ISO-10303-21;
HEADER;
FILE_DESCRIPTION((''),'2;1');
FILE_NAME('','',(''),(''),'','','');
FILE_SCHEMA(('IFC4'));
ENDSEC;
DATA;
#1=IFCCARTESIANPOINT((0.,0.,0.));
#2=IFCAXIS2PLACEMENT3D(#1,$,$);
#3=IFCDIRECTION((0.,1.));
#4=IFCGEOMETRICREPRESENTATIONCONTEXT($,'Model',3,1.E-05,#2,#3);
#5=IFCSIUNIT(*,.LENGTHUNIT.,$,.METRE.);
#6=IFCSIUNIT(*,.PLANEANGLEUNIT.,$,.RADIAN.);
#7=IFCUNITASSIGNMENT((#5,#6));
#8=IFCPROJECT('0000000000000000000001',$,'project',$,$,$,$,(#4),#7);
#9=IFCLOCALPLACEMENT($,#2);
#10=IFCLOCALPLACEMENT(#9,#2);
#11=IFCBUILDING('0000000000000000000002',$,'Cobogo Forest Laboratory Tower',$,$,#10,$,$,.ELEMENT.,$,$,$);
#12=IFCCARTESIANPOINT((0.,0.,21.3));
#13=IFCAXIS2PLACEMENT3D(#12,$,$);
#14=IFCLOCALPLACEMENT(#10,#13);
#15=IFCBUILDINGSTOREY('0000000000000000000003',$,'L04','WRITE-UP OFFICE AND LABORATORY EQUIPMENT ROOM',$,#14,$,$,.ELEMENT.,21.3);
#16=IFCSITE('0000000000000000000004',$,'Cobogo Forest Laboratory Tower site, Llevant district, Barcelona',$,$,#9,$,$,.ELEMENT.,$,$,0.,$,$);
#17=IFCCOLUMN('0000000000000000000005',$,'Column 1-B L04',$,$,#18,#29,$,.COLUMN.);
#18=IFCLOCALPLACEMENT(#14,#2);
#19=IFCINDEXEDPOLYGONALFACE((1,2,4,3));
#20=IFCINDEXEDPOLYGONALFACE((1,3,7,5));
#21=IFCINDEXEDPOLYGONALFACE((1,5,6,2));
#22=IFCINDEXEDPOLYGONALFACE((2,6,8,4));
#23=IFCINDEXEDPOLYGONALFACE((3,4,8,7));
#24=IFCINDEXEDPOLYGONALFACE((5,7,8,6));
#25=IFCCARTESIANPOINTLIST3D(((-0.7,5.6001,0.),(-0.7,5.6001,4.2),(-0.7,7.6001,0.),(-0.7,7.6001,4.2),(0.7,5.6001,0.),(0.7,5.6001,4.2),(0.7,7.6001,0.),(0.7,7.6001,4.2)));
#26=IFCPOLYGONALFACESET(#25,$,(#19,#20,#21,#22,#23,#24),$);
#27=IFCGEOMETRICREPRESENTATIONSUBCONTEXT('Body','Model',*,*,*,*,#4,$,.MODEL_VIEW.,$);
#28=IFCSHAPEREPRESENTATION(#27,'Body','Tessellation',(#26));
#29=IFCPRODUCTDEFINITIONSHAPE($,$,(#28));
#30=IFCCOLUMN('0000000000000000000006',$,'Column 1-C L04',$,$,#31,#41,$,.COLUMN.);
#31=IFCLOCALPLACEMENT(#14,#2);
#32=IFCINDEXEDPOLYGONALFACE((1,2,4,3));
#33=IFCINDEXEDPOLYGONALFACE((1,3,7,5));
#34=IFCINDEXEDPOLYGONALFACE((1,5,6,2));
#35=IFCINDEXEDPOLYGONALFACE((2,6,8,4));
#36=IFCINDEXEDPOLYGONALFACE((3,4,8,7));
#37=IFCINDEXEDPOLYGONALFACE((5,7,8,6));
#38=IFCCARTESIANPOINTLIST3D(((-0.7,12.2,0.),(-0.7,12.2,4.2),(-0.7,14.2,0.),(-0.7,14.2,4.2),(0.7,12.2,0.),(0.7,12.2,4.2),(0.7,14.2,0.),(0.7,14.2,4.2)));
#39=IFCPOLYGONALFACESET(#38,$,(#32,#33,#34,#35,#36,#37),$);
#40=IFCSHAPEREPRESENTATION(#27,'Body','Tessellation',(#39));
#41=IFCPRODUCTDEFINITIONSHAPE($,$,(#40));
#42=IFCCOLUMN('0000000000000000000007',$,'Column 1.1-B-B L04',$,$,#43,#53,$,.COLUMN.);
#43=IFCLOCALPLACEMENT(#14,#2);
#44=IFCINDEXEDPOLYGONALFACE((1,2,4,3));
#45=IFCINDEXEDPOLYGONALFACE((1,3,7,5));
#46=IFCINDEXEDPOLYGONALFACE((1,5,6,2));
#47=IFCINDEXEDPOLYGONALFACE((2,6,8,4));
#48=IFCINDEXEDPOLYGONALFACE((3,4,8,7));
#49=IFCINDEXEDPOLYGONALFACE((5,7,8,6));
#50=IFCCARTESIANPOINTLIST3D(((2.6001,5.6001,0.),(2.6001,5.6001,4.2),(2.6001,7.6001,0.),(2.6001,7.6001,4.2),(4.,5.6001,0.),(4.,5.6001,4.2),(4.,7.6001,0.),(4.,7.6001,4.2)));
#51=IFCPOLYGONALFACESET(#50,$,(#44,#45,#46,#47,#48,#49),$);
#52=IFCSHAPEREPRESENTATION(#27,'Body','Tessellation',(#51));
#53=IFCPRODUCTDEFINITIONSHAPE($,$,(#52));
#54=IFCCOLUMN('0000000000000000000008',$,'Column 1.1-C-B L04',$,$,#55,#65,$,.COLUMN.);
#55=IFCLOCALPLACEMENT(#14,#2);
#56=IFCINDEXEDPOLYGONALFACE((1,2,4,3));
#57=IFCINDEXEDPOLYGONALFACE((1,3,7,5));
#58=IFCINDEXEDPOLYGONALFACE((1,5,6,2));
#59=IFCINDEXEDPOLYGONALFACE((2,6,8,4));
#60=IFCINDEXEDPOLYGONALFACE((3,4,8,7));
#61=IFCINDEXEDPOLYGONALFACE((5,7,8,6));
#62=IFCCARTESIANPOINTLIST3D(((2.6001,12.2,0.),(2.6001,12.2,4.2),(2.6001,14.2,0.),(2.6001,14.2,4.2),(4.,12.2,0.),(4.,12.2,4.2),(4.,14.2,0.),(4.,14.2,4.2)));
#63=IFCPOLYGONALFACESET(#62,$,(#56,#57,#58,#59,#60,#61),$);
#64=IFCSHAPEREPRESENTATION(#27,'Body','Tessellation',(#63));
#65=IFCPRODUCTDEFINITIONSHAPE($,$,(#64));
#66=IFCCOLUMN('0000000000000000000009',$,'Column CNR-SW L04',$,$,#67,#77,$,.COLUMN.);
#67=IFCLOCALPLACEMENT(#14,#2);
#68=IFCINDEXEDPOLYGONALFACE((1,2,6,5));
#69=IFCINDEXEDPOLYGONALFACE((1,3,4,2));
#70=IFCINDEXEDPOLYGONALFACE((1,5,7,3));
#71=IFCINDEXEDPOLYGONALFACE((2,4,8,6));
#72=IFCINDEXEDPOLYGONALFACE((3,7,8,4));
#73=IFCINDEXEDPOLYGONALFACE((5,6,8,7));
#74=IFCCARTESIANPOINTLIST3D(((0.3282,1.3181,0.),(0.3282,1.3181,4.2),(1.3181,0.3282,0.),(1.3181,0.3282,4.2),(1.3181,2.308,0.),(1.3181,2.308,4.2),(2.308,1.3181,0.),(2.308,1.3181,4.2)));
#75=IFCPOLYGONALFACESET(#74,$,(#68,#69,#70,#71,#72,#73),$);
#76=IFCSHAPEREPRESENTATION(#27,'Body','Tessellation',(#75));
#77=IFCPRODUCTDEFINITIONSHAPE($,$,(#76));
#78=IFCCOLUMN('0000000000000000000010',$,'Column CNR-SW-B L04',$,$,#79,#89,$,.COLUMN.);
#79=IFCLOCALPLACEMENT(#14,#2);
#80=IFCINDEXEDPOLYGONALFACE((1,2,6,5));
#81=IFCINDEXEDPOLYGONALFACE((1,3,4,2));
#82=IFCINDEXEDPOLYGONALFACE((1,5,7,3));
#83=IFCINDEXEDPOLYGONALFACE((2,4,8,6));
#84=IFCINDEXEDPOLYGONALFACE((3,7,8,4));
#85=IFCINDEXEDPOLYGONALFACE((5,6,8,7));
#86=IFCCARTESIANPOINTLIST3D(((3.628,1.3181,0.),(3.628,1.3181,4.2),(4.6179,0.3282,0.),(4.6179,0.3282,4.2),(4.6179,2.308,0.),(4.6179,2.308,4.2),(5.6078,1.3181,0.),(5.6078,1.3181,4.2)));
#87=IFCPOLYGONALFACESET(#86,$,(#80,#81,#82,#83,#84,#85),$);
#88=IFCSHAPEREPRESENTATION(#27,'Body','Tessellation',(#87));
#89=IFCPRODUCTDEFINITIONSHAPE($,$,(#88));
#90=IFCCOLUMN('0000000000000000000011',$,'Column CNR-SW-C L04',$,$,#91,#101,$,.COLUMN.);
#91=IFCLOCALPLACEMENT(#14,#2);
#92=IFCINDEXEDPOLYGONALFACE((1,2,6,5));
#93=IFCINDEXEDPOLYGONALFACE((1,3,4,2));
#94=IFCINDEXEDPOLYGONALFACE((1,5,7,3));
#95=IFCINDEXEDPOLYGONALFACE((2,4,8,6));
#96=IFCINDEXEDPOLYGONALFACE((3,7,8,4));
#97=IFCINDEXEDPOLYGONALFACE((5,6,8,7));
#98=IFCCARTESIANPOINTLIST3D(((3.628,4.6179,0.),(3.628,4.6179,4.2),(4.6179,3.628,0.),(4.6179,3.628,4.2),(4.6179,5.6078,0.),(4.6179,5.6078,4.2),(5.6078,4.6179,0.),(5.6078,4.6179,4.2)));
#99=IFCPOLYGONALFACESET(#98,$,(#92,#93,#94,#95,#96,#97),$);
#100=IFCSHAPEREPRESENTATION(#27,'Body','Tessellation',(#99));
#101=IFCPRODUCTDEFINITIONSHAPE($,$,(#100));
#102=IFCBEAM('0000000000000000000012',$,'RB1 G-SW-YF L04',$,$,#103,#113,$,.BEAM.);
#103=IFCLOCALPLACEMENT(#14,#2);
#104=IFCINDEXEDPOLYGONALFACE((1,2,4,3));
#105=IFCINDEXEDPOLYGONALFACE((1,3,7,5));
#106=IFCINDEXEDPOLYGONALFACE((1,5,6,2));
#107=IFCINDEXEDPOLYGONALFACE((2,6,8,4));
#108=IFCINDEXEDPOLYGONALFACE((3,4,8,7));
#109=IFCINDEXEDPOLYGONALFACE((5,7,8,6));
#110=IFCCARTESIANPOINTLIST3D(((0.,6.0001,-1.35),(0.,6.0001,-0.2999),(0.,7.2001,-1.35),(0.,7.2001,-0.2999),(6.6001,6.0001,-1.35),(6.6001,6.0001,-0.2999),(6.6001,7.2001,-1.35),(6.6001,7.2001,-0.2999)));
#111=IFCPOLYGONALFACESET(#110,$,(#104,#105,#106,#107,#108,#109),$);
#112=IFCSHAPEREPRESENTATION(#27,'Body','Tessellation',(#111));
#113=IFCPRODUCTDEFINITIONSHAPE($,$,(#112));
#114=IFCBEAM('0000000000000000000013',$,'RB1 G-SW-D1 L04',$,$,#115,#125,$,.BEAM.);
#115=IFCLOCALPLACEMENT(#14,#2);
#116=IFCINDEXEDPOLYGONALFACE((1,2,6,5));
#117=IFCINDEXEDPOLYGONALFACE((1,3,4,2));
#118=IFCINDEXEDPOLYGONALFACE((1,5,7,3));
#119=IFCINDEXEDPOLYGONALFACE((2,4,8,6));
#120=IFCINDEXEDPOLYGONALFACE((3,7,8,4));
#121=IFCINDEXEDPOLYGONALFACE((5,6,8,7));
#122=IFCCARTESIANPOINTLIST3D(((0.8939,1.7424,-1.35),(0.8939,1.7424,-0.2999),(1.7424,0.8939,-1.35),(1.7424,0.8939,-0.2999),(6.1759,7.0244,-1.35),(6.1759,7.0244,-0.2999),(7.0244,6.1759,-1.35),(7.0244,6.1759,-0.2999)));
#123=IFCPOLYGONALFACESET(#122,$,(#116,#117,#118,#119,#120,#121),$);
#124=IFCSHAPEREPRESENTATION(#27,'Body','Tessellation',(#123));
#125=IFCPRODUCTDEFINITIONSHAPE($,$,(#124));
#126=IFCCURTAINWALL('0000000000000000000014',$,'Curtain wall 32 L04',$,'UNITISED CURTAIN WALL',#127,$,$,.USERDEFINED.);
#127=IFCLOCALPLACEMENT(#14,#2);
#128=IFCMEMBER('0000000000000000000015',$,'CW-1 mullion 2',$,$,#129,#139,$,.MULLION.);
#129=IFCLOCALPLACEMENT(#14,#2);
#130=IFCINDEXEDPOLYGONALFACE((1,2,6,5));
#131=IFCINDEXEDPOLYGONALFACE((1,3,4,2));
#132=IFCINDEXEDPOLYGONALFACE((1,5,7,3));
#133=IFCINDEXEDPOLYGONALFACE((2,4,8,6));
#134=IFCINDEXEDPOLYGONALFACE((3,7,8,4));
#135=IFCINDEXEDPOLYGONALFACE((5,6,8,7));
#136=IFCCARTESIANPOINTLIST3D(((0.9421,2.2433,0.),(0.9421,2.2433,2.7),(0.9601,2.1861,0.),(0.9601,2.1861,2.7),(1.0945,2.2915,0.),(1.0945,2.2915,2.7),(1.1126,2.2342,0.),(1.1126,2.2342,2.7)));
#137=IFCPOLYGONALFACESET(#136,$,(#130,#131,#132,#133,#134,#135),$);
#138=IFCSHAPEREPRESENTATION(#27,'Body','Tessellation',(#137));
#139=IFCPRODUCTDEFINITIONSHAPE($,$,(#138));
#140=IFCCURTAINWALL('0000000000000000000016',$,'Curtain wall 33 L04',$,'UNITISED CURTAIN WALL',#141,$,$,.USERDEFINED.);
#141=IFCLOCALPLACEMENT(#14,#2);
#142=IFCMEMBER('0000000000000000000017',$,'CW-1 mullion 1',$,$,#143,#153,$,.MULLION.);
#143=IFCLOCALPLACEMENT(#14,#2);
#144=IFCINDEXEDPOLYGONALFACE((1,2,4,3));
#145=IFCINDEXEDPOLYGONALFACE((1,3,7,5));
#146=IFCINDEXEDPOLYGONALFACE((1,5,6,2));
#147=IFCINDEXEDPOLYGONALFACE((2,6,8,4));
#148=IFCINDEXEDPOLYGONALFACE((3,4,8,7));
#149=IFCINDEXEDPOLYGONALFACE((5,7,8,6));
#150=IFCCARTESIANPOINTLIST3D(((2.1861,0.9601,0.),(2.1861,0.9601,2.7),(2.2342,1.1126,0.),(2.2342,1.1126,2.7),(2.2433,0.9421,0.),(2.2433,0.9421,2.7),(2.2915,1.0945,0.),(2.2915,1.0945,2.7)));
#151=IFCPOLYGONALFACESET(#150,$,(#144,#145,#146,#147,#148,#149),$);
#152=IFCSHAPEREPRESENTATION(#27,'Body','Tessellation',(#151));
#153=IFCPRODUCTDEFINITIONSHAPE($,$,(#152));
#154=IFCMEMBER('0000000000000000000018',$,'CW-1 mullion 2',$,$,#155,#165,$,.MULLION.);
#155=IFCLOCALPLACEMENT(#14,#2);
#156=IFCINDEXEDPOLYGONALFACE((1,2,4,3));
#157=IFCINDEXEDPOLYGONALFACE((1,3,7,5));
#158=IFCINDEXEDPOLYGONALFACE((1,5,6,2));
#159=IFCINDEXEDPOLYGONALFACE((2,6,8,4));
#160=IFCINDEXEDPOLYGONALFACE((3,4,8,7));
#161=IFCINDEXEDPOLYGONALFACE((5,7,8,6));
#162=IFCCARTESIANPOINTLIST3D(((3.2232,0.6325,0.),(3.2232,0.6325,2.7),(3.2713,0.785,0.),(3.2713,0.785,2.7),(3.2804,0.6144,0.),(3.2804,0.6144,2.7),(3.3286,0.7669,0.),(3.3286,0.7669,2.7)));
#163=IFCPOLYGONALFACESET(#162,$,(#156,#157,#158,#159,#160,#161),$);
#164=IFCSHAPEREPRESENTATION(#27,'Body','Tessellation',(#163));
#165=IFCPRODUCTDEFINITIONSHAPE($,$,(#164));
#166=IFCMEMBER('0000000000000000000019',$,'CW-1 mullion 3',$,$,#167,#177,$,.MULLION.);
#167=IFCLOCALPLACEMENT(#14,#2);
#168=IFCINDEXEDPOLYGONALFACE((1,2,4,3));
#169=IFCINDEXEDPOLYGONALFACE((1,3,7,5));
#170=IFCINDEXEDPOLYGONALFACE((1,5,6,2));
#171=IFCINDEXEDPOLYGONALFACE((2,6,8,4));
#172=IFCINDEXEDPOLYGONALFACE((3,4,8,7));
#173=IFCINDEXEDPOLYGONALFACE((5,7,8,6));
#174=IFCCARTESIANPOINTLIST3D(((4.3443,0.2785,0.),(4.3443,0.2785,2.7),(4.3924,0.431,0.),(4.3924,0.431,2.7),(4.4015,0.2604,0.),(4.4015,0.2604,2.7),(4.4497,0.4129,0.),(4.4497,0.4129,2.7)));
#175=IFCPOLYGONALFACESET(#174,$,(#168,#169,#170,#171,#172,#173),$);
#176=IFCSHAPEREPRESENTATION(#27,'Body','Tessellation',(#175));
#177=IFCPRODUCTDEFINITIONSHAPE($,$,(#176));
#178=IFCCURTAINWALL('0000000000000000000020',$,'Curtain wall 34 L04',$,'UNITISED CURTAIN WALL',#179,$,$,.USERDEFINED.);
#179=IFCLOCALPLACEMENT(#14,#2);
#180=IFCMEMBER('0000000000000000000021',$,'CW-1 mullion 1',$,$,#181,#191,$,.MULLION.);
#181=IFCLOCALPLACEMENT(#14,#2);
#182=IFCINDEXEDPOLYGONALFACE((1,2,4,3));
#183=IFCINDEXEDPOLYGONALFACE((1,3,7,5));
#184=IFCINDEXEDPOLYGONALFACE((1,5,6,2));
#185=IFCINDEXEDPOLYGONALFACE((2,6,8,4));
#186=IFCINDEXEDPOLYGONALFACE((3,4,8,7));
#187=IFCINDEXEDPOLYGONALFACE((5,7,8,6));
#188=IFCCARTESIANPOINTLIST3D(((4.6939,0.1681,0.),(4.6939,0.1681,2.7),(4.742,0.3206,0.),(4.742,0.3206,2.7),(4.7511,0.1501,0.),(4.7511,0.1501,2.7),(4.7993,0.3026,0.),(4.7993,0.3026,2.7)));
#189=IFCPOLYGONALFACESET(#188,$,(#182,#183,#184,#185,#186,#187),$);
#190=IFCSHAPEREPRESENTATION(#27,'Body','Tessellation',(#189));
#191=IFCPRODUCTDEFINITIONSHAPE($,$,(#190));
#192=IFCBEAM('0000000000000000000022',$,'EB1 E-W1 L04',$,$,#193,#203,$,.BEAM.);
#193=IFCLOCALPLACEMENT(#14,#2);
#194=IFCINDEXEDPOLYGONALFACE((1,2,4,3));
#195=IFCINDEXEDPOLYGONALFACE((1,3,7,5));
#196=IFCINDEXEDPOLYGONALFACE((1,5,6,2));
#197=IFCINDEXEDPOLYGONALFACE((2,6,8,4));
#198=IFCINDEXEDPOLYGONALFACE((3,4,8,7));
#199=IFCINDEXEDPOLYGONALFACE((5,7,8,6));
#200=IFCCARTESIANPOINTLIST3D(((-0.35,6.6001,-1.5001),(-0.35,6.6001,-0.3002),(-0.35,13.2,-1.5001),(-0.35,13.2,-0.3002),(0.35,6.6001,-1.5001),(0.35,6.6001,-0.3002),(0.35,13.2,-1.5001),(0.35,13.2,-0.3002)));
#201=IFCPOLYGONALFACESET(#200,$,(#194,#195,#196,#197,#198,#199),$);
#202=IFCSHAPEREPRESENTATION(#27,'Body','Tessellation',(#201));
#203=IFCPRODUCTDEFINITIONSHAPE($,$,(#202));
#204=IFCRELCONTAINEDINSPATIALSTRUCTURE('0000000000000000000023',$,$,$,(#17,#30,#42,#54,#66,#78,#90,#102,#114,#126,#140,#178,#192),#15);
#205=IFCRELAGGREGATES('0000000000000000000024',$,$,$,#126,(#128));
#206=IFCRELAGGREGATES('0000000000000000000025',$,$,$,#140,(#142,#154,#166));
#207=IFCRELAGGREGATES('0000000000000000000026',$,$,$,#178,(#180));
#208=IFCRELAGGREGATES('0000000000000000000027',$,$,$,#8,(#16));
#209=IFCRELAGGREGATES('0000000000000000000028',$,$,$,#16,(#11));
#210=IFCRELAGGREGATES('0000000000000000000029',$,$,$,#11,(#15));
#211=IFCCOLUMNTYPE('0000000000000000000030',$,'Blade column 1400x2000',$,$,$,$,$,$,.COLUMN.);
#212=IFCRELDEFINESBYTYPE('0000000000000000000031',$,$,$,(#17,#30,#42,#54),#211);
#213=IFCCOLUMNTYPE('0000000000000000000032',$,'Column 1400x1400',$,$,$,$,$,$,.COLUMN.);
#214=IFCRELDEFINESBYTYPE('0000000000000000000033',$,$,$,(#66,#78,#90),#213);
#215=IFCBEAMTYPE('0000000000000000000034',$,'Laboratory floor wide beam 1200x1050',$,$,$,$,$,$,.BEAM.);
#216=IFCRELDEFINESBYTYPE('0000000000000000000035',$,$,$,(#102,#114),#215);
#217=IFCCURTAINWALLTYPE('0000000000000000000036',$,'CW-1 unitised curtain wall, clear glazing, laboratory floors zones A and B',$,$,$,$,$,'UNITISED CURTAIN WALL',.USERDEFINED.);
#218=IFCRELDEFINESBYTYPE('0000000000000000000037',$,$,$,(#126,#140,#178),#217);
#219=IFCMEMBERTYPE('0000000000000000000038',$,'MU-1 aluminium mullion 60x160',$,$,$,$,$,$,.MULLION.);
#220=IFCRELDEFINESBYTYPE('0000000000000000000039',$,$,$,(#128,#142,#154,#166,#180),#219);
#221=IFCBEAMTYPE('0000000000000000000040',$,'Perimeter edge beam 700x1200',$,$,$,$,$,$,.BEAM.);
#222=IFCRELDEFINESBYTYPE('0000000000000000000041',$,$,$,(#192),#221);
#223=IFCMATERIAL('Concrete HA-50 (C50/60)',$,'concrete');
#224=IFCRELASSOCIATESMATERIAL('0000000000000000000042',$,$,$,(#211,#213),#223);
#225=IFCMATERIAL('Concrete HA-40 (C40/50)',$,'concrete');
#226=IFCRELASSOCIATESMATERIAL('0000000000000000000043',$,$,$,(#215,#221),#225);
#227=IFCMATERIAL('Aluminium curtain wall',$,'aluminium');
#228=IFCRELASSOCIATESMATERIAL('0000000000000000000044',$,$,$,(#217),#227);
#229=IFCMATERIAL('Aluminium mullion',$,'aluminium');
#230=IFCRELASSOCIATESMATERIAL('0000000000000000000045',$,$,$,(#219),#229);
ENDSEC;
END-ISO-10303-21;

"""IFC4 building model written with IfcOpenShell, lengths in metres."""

from ifc_helpers import new_model, si_unit, direction, frame, origin, origin_2d, place, context, subcontext, project, spatial, rectangle, extrude, material, material_profile, profile_set, type_object, element, aggregate, save


model = new_model("IFC4")

# Units and contexts
model_context = context("Model", 3, precision=1e-05, world=origin(), true_north=direction((0.0, 1.0)))
body_context = subcontext(model_context, "Body", "Model", "MODEL_VIEW")
ifc_project = project(units=[si_unit("LENGTHUNIT", "METRE"), si_unit("PLANEANGLEUNIT", "RADIAN")], contexts=[model_context])

# Site, building, storey
site_placement = place(None, origin())
site = spatial("IfcSite", under=ifc_project, at=site_placement, Name="Cobogo Forest Laboratory Tower site, Llevant district, Barcelona", CompositionType="ELEMENT", RefElevation=0.0)
building_placement = place(site_placement, origin())
building = spatial("IfcBuilding", under=site, at=building_placement, Name="Cobogo Forest Laboratory Tower", CompositionType="ELEMENT")
storey_placement = place(building_placement, frame((0.0, 0.0, 21.3)))
storey = spatial("IfcBuildingStorey", under=building, at=storey_placement, Name="L04", Description="WRITE-UP OFFICE AND LABORATORY EQUIPMENT ROOM", CompositionType="ELEMENT", Elevation=21.3)

# Columns
ifc_material_1 = material(Name="Concrete HA-50 (C50/60)", Category="concrete")
ifc_material_profile_1 = material_profile(ifc_material_1, rectangle(XDim=2.0, YDim=1.3999, at=origin_2d()), Name="RC 1400x2000")
ifc_profile_set_1 = profile_set([ifc_material_profile_1], Name="Concrete HA-50 (C50/60)")
column_type_1 = type_object("IfcColumnType", Name="Blade column 1400x2000", PredefinedType="COLUMN", material=ifc_profile_set_1)
for number, where, z_axis, x_axis, name in (
    (1, (0.0, 6.6001, 0.0), (0.0, 0.0, 1.0), (0.0, 1.0, 0.0), "Column 1-B L04"),
    (2, (0.0, 13.2, 0.0), (0.0, 0.0, 1.0), (0.0, 1.0, 0.0), "Column 1-C L04"),
    (3, (3.3, 6.6001, 0.0), (0.0, 0.0, 1.0), (0.0, 1.0, 0.0), "Column 1.1-B-B L04"),
    (4, (3.3, 13.2, 0.0), (0.0, 0.0, 1.0), (0.0, 1.0, 0.0), "Column 1.1-C-B L04"),
):
    element("IfcColumn", number, at=place(storey_placement, frame(where, z_axis=z_axis, x_axis=x_axis)), inside=storey, type_object=column_type_1, Name=name, PredefinedType="COLUMN", context=body_context, shape_type="SweptSolid", body=[
        extrude(rectangle(XDim=2.0, YDim=1.3999, at=origin_2d()), origin(), (0.0, 0.0, 1.0), 4.2),
    ])
ifc_material_profile_2 = material_profile(ifc_material_1, rectangle(XDim=1.3999, YDim=1.3999, at=origin_2d()), Name="RC 1400x1400")
ifc_profile_set_2 = profile_set([ifc_material_profile_2], Name="Concrete HA-50 (C50/60)")
column_type_2 = type_object("IfcColumnType", Name="Column 1400x1400", PredefinedType="COLUMN", material=ifc_profile_set_2)
for number, where, z_axis, x_axis, name in (
    (5, (1.3181, 1.3181, 0.0), (0.0, 0.0, 1.0), (0.707107, 0.707107, 0.0), "Column CNR-SW L04"),
    (6, (4.6179, 1.3181, 0.0), (0.0, 0.0, 1.0), (0.707107, 0.707107, 0.0), "Column CNR-SW-B L04"),
    (7, (4.6179, 4.6179, 0.0), (0.0, 0.0, 1.0), (0.707107, 0.707107, 0.0), "Column CNR-SW-C L04"),
):
    element("IfcColumn", number, at=place(storey_placement, frame(where, z_axis=z_axis, x_axis=x_axis)), inside=storey, type_object=column_type_2, Name=name, PredefinedType="COLUMN", context=body_context, shape_type="SweptSolid", body=[
        extrude(rectangle(XDim=1.3999, YDim=1.3999, at=origin_2d()), origin(), (0.0, 0.0, 1.0), 4.2),
    ])

# Beams
ifc_material_2 = material(Name="Concrete HA-40 (C40/50)", Category="concrete")
ifc_material_profile_3 = material_profile(ifc_material_2, rectangle(XDim=1.2, YDim=1.05, at=origin_2d()), Name="RC 1200x1050")
ifc_profile_set_3 = profile_set([ifc_material_profile_3], Name="Concrete HA-40 (C40/50)")
beam_type_1 = type_object("IfcBeamType", Name="Laboratory floor wide beam 1200x1050", PredefinedType="BEAM", material=ifc_profile_set_3)
beam_1_placement = place(storey_placement, frame((0.0, 6.6001, -0.825), z_axis=(1.0, 0.0, 0.0), x_axis=(0.0, 1.0, 0.0)))
element("IfcBeam", 8, at=beam_1_placement, inside=storey, type_object=beam_type_1, Name="RB1 G-SW-YF L04", PredefinedType="BEAM", context=body_context, shape_type="SweptSolid", body=[
    extrude(rectangle(XDim=1.2, YDim=1.05, at=origin_2d()), origin(), (0.0, 0.0, 1.0), 6.6001),
])
beam_2_placement = place(storey_placement, frame((1.3181, 1.3181, -0.825), z_axis=(0.707107, 0.707107, 0.0), x_axis=(-0.707107, 0.707107, 0.0)))
element("IfcBeam", 9, at=beam_2_placement, inside=storey, type_object=beam_type_1, Name="RB1 G-SW-D1 L04", PredefinedType="BEAM", context=body_context, shape_type="SweptSolid", body=[
    extrude(rectangle(XDim=1.2, YDim=1.05, at=origin_2d()), origin(), (0.0, 0.0, 1.0), 7.47),
])

# Curtain wall, member
ifc_material_3 = material(Name="Aluminium curtain wall", Category="aluminium")
curtain_wall_type = type_object("IfcCurtainWallType", Name="CW-1 unitised curtain wall, clear glazing, laboratory floors zones A and B", ElementType="UNITISED CURTAIN WALL", PredefinedType="USERDEFINED", material=ifc_material_3)
curtain_wall_1_placement = place(storey_placement, origin())
curtain_wall_1 = element("IfcCurtainWall", 10, at=curtain_wall_1_placement, inside=storey, type_object=curtain_wall_type, Name="Curtain wall 32 L04", ObjectType="UNITISED CURTAIN WALL", PredefinedType="USERDEFINED")
ifc_material_4 = material(Name="Aluminium mullion", Category="aluminium")
ifc_material_profile_4 = material_profile(ifc_material_4, rectangle(XDim=0.0601, YDim=0.1599, at=origin_2d()), Name="AL 60x160")
ifc_profile_set_4 = profile_set([ifc_material_profile_4], Name="Aluminium mullion")
member_type_1 = type_object("IfcMemberType", Name="MU-1 aluminium mullion 60x160", PredefinedType="MULLION", material=ifc_profile_set_4)
member_1_placement = place(storey_placement, frame((1.0273, 2.2388, 0.0), z_axis=(0.0, 0.0, 1.0), x_axis=(0.301135, -0.953581, 0.0)))
member_1 = element("IfcMember", 11, at=member_1_placement, type_object=member_type_1, Name="CW-1 mullion 2", PredefinedType="MULLION", context=body_context, shape_type="SweptSolid", body=[
    extrude(rectangle(XDim=0.0601, YDim=0.1599, at=origin_2d()), origin(), (0.0, 0.0, 1.0), 2.7),
])

# Curtain wall, members
curtain_wall_2_placement = place(storey_placement, origin())
curtain_wall_2 = element("IfcCurtainWall", 12, at=curtain_wall_2_placement, inside=storey, type_object=curtain_wall_type, Name="Curtain wall 33 L04", ObjectType="UNITISED CURTAIN WALL", PredefinedType="USERDEFINED")
member_2_placement = place(storey_placement, frame((2.2388, 1.0273, 0.0), z_axis=(0.0, 0.0, 1.0), x_axis=(0.953581, -0.301135, 0.0)))
member_2 = element("IfcMember", 13, at=member_2_placement, type_object=member_type_1, Name="CW-1 mullion 1", PredefinedType="MULLION", context=body_context, shape_type="SweptSolid", body=[
    extrude(rectangle(XDim=0.0601, YDim=0.1599, at=origin_2d()), origin(), (0.0, 0.0, 1.0), 2.7),
])
member_3_placement = place(storey_placement, frame((3.2759, 0.6997, 0.0), z_axis=(0.0, 0.0, 1.0), x_axis=(0.953581, -0.301135, 0.0)))
member_3 = element("IfcMember", 14, at=member_3_placement, type_object=member_type_1, Name="CW-1 mullion 2", PredefinedType="MULLION", context=body_context, shape_type="SweptSolid", body=[
    extrude(rectangle(XDim=0.0601, YDim=0.1599, at=origin_2d()), origin(), (0.0, 0.0, 1.0), 2.7),
])
member_4_placement = place(storey_placement, frame((4.397, 0.3457, 0.0), z_axis=(0.0, 0.0, 1.0), x_axis=(0.953581, -0.301135, 0.0)))
member_4 = element("IfcMember", 15, at=member_4_placement, type_object=member_type_1, Name="CW-1 mullion 3", PredefinedType="MULLION", context=body_context, shape_type="SweptSolid", body=[
    extrude(rectangle(XDim=0.0601, YDim=0.1599, at=origin_2d()), origin(), (0.0, 0.0, 1.0), 2.7),
])

# Curtain wall, member
curtain_wall_3_placement = place(storey_placement, origin())
curtain_wall_3 = element("IfcCurtainWall", 16, at=curtain_wall_3_placement, inside=storey, type_object=curtain_wall_type, Name="Curtain wall 34 L04", ObjectType="UNITISED CURTAIN WALL", PredefinedType="USERDEFINED")
member_5_placement = place(storey_placement, frame((4.7466, 0.2354, 0.0), z_axis=(0.0, 0.0, 1.0), x_axis=(0.953581, -0.301135, 0.0)))
member_5 = element("IfcMember", 17, at=member_5_placement, type_object=member_type_1, Name="CW-1 mullion 1", PredefinedType="MULLION", context=body_context, shape_type="SweptSolid", body=[
    extrude(rectangle(XDim=0.0601, YDim=0.1599, at=origin_2d()), origin(), (0.0, 0.0, 1.0), 2.7),
])

# Beam
ifc_material_profile_5 = material_profile(ifc_material_2, rectangle(XDim=0.7, YDim=1.2, at=origin_2d()), Name="RC 700x1200")
ifc_profile_set_5 = profile_set([ifc_material_profile_5], Name="Concrete HA-40 (C40/50)")
beam_type_2 = type_object("IfcBeamType", Name="Perimeter edge beam 700x1200", PredefinedType="BEAM", material=ifc_profile_set_5)
beam_3_placement = place(storey_placement, frame((0.0, 6.6001, -0.9001), z_axis=(0.0, 1.0, 0.0), x_axis=(-1.0, 0.0, 0.0)))
element("IfcBeam", 18, at=beam_3_placement, inside=storey, type_object=beam_type_2, Name="EB1 E-W1 L04", PredefinedType="BEAM", context=body_context, shape_type="SweptSolid", body=[
    extrude(rectangle(XDim=0.7, YDim=1.2, at=origin_2d()), origin(), (0.0, 0.0, 1.0), 6.5999),
])

aggregate(curtain_wall_1, [member_1])
aggregate(curtain_wall_2, [member_2, member_3, member_4])
aggregate(curtain_wall_3, [member_5])

save(model, "model.ifc")
